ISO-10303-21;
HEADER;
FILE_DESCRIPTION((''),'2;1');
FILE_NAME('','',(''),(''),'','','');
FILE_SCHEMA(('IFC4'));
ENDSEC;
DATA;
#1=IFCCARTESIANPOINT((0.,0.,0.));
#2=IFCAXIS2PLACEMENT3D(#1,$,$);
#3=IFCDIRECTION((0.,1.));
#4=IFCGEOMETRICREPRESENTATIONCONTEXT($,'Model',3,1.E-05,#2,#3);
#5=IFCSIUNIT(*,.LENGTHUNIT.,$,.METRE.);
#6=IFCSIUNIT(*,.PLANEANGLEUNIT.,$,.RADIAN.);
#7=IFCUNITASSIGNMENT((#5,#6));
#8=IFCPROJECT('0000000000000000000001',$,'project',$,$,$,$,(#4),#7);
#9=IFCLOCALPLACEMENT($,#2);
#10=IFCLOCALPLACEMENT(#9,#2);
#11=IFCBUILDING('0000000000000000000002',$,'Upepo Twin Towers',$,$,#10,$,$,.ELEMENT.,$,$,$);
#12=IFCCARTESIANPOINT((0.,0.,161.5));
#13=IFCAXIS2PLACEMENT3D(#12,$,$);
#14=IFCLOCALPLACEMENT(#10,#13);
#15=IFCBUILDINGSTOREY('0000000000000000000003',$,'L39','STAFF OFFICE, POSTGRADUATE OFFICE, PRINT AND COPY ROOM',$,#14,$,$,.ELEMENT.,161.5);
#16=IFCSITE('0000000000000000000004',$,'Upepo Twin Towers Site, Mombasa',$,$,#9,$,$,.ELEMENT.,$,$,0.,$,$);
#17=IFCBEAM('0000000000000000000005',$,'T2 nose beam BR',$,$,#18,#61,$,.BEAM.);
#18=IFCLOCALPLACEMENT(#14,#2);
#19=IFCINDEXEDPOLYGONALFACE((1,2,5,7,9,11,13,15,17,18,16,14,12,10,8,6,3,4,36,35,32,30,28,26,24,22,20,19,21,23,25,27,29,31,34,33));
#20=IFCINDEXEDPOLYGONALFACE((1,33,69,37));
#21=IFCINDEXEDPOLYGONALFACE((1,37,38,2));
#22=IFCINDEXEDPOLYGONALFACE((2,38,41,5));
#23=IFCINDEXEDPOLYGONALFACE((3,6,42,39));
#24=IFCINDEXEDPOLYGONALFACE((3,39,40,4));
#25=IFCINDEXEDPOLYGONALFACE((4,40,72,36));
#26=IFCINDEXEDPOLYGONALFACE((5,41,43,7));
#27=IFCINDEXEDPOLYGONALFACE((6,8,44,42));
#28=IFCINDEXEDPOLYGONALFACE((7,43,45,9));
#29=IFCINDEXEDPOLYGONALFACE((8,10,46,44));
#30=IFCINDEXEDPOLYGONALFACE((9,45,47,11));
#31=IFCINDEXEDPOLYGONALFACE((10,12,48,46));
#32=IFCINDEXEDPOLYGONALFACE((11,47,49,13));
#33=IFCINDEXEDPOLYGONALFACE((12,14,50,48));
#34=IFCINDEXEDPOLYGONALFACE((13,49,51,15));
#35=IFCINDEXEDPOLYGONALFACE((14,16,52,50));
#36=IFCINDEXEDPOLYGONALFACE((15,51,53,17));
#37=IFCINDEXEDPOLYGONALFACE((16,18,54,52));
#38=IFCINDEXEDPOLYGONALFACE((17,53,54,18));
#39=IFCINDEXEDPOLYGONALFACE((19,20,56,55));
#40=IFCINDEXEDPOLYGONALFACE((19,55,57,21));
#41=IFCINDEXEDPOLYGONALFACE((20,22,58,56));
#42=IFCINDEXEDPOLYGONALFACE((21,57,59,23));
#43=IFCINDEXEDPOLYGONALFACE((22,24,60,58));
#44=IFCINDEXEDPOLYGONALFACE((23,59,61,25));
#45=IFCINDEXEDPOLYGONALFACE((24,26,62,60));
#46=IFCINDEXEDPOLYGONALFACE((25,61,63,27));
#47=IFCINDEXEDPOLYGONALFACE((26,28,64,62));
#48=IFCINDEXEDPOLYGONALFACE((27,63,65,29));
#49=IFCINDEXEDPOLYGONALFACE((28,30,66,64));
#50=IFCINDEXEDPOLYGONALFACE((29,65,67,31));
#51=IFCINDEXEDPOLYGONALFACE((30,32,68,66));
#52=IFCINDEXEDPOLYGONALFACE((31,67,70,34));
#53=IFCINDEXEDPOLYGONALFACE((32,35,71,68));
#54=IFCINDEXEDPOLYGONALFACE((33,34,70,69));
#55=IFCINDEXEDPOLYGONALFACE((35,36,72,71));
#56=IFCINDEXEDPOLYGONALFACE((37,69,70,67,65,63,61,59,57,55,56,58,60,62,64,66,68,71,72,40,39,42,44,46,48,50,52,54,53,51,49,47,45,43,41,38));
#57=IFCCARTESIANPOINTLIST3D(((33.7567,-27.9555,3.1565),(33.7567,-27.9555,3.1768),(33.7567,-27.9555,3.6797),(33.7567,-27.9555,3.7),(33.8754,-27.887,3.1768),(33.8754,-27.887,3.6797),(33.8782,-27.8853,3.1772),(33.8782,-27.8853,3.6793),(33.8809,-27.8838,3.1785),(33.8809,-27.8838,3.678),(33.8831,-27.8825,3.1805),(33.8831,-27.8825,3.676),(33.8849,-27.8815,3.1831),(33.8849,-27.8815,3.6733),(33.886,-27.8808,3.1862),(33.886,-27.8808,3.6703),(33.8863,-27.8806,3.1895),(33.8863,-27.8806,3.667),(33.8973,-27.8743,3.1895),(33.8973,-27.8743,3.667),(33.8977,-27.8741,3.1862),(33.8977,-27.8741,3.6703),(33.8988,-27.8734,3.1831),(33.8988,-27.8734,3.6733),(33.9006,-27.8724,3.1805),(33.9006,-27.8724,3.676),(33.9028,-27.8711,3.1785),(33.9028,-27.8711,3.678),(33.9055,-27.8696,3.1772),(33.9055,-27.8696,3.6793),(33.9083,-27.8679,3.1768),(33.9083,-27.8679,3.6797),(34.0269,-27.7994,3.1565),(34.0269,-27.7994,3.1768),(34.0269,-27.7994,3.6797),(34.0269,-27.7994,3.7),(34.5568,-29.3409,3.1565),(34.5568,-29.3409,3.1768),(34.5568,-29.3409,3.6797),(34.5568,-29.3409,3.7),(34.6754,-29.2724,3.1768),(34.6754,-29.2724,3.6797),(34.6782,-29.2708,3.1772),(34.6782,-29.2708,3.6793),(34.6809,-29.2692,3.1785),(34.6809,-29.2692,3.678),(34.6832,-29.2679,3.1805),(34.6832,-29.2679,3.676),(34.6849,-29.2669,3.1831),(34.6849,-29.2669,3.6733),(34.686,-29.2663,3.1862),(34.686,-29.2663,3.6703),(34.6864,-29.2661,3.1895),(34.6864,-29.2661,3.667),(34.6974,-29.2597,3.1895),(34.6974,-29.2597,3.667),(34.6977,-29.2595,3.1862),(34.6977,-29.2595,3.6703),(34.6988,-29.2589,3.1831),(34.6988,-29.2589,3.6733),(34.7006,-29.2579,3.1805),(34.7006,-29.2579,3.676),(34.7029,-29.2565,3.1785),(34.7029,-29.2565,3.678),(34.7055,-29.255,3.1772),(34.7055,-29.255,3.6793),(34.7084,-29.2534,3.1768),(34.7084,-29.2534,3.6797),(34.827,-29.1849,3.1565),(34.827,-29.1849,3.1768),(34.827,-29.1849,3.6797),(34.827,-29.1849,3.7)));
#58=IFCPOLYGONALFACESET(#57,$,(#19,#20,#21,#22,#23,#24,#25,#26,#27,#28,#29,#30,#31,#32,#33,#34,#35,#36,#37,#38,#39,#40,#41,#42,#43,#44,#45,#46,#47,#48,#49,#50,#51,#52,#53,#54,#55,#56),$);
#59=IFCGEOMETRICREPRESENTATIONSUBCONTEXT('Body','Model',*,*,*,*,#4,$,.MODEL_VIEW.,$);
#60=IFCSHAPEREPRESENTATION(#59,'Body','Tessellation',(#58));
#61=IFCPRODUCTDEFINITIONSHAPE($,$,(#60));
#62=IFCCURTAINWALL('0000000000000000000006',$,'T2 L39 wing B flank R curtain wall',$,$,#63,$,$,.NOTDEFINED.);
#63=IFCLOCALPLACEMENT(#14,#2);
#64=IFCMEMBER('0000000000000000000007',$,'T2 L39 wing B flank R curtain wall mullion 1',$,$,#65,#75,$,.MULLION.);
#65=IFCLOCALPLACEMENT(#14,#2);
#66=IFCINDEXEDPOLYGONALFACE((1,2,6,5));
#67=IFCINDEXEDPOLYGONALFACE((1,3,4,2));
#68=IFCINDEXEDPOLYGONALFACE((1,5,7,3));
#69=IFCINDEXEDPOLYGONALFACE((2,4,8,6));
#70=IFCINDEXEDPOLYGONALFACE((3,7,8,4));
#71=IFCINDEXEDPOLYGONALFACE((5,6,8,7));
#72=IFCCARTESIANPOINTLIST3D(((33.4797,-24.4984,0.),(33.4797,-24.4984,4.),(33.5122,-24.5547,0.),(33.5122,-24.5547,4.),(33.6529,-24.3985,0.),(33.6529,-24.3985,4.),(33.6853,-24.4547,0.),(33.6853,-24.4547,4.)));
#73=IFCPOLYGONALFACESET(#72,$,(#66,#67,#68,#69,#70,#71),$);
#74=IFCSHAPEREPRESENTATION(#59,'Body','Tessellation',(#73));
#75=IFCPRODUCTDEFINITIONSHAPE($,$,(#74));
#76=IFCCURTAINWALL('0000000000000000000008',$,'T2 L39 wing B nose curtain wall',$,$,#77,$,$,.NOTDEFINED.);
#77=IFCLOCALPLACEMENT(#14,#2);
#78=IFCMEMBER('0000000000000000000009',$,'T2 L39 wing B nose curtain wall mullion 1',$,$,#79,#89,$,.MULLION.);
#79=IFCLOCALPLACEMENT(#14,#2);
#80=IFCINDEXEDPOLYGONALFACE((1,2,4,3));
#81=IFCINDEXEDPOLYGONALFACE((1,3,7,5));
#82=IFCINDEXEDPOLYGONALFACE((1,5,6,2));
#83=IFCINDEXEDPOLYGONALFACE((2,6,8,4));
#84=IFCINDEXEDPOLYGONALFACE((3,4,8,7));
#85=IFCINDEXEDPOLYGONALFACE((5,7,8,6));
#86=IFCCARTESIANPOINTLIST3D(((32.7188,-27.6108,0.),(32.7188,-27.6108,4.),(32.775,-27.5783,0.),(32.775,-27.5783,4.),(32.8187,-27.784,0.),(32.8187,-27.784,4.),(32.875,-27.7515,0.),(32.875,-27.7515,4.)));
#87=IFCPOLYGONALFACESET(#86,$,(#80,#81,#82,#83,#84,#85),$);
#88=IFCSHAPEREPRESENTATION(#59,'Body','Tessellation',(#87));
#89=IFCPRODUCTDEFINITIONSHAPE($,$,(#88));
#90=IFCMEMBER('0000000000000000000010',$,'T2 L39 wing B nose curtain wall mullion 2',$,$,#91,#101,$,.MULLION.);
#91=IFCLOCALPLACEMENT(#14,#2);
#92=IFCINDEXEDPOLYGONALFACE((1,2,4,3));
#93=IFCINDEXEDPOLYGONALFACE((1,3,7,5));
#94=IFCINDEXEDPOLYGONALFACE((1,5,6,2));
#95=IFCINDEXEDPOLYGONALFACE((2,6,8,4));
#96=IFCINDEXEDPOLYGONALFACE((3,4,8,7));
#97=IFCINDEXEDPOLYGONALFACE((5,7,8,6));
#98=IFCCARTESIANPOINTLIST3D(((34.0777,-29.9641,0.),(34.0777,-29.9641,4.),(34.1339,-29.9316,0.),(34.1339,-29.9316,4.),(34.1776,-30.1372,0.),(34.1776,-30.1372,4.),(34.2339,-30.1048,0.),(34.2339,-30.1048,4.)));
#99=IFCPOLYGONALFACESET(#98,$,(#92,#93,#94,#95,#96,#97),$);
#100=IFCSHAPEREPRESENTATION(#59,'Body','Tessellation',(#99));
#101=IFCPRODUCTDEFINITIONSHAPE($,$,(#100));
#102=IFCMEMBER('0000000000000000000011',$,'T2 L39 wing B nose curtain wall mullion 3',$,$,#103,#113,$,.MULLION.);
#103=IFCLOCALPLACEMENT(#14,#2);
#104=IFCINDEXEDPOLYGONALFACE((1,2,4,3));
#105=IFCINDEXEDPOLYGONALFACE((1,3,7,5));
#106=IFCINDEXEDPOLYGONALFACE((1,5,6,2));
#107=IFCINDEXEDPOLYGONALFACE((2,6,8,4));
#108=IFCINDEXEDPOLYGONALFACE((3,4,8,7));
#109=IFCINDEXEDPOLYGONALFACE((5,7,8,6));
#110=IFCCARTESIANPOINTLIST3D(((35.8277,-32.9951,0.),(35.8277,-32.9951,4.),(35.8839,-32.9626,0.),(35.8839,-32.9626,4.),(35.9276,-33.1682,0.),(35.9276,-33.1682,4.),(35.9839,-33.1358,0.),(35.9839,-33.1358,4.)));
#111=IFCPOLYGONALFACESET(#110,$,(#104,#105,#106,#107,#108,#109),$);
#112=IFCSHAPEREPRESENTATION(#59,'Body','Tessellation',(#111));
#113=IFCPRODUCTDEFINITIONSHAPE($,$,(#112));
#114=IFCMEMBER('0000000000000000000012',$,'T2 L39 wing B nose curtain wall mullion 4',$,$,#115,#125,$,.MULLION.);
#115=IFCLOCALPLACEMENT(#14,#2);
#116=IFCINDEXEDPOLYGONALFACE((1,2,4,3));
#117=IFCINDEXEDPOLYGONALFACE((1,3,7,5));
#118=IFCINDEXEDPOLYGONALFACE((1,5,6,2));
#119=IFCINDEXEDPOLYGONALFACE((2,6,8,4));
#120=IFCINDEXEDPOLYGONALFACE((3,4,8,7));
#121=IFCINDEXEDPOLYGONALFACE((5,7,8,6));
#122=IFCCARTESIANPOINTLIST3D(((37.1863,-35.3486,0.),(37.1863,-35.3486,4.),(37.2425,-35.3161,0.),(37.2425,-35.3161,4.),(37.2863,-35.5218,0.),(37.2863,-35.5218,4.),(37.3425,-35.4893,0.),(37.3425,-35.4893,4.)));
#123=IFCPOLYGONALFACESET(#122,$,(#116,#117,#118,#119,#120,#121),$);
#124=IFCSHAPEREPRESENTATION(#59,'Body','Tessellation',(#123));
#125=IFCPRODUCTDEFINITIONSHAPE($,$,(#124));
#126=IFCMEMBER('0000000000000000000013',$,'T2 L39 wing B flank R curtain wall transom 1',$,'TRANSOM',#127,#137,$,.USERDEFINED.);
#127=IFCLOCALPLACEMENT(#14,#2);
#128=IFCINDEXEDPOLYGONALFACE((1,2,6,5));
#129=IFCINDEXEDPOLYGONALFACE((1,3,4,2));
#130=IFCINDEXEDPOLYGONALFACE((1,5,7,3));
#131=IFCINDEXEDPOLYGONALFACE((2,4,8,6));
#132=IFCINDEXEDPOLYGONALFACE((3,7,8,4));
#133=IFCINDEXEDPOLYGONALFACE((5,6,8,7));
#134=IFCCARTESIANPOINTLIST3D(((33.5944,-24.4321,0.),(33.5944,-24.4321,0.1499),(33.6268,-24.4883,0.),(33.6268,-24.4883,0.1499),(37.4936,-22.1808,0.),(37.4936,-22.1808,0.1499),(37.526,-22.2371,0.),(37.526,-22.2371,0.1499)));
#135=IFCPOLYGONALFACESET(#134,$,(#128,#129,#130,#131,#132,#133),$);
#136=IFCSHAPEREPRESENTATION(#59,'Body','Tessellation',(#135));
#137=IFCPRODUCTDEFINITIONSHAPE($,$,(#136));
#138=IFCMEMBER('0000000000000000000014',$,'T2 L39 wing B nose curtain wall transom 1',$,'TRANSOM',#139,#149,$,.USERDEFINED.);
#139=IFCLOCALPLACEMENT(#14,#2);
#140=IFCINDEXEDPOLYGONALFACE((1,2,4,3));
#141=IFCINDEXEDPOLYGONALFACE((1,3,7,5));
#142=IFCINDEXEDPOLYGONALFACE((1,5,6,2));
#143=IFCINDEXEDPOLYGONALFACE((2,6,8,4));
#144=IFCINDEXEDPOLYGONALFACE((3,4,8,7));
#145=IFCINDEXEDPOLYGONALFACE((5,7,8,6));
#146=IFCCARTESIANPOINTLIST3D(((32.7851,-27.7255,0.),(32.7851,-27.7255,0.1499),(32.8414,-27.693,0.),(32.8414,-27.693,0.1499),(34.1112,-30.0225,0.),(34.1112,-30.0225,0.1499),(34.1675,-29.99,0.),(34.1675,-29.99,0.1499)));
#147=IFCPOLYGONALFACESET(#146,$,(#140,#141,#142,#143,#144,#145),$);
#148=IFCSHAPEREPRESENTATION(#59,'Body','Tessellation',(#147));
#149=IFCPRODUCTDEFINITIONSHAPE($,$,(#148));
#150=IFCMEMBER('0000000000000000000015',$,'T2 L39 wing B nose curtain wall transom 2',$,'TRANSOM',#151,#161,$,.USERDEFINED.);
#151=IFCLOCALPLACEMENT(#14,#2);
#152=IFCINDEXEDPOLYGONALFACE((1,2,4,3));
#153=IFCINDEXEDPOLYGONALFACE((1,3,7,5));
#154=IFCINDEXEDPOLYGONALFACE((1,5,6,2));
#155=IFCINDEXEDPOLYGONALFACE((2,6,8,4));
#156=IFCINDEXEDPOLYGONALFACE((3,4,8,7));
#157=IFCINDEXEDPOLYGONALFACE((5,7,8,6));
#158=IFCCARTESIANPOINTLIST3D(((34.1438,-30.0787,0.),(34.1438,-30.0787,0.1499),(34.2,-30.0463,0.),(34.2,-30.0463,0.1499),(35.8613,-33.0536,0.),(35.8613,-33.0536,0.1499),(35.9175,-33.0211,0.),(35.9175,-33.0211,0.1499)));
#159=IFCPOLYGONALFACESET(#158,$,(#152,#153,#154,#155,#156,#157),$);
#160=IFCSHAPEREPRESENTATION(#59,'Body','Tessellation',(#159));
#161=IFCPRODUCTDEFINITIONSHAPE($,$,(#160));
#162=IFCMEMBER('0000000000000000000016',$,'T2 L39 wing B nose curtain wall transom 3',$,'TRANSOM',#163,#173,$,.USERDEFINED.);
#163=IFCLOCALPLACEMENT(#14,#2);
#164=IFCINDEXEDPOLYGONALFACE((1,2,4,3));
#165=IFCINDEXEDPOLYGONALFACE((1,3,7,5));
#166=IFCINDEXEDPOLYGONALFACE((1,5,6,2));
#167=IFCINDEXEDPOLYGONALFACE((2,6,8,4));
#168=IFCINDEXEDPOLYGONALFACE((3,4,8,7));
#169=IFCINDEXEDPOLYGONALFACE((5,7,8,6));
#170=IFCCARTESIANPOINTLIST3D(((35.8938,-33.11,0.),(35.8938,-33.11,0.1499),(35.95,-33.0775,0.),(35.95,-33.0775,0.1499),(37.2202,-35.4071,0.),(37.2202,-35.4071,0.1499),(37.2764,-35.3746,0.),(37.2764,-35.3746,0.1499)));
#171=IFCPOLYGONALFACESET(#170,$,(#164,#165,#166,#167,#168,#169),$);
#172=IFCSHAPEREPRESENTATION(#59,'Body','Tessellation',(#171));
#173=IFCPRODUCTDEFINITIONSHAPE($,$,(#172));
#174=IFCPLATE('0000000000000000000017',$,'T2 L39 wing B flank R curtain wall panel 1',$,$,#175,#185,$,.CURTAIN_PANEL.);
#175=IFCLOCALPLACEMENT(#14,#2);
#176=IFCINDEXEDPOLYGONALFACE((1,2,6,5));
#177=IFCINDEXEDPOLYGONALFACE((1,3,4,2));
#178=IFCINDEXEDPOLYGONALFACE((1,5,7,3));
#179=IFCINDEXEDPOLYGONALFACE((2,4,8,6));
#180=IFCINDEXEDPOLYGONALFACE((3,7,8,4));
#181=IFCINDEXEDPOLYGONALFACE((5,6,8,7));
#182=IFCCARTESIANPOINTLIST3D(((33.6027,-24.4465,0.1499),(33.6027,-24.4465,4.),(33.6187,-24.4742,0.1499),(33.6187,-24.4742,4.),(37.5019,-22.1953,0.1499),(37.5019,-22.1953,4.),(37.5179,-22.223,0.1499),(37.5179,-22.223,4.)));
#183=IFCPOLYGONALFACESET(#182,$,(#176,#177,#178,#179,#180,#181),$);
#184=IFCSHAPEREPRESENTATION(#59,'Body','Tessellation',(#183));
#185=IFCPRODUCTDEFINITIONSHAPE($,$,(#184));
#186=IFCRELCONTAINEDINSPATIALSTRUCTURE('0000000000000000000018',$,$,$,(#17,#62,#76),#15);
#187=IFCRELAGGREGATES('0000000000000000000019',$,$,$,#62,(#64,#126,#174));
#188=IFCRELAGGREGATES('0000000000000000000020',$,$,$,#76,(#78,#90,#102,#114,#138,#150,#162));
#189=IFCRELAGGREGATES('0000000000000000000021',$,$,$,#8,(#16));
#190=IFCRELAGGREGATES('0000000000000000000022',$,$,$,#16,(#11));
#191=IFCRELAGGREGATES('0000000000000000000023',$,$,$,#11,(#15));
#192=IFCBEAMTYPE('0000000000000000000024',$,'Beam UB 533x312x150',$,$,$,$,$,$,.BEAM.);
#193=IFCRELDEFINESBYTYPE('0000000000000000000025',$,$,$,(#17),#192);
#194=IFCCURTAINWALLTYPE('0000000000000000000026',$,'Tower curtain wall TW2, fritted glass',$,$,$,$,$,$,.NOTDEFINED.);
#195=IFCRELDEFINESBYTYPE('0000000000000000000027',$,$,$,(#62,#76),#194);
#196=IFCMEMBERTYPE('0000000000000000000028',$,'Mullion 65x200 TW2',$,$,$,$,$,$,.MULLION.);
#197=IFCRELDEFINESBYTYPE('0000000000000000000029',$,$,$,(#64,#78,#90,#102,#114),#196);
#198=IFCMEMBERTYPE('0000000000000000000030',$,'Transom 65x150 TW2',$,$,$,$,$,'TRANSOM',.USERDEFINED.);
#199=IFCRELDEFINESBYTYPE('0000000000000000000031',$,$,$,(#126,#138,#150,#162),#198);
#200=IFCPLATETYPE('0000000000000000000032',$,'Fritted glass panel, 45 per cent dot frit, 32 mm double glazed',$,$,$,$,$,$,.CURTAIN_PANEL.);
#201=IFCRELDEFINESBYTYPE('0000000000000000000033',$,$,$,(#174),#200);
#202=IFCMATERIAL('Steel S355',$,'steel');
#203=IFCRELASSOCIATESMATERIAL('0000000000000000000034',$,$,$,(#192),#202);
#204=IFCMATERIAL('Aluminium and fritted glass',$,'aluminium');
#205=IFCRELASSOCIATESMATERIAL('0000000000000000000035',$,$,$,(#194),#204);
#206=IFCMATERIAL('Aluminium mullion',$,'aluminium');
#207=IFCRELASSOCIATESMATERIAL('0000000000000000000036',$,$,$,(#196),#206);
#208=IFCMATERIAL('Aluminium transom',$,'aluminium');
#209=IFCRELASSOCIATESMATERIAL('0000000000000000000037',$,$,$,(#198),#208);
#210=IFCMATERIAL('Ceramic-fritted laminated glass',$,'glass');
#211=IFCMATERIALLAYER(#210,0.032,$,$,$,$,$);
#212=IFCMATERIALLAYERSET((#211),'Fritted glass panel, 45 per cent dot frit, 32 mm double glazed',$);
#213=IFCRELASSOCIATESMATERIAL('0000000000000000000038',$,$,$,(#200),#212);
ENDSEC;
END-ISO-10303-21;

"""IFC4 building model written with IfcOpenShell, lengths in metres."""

from ifc_helpers import new_model, si_unit, direction, frame, origin, origin_2d, place, context, subcontext, project, spatial, rectangle, i_section, extrude, material, layer, layer_set, material_profile, profile_set, type_object, element, aggregate, save


model = new_model("IFC4")

# Units and contexts
model_context = context("Model", 3, precision=1e-05, world=origin(), true_north=direction((0.0, 1.0)))
body_context = subcontext(model_context, "Body", "Model", "MODEL_VIEW")
ifc_project = project(units=[si_unit("LENGTHUNIT", "METRE"), si_unit("PLANEANGLEUNIT", "RADIAN")], contexts=[model_context])

# Site, building, storey
site_placement = place(None, origin())
site = spatial("IfcSite", under=ifc_project, at=site_placement, Name="Upepo Twin Towers Site, Mombasa", CompositionType="ELEMENT", RefElevation=0.0)
building_placement = place(site_placement, origin())
building = spatial("IfcBuilding", under=site, at=building_placement, Name="Upepo Twin Towers", CompositionType="ELEMENT")
storey_placement = place(building_placement, frame((0.0, 0.0, 161.5)))
storey = spatial("IfcBuildingStorey", under=building, at=storey_placement, Name="L39", Description="STAFF OFFICE, POSTGRADUATE OFFICE, PRINT AND COPY ROOM", CompositionType="ELEMENT", Elevation=161.5)

# Beam
ifc_material_1 = material(Name="Steel S355", Category="steel")
ifc_material_profile_1 = material_profile(ifc_material_1, i_section(OverallWidth=0.312, OverallDepth=0.5435, WebThickness=0.0127, FlangeThickness=0.0203, FilletRadius=0.0127, at=origin_2d()), Name="UB 533x312x150")
ifc_profile_set_1 = profile_set([ifc_material_profile_1], Name="Steel S355")
beam_type_1 = type_object("IfcBeamType", Name="Beam UB 533x312x150", PredefinedType="BEAM", material=ifc_profile_set_1)
for number, where, z_axis, x_axis, name in (
    (1, (33.8918, -27.8774, 3.4282), (0.500061, -0.86599, 0.0), (0.86599, 0.500061, 0.0), "T2 nose beam BR"),
):
    element("IfcBeam", number, at=place(storey_placement, frame(where, z_axis=z_axis, x_axis=x_axis)), inside=storey, type_object=beam_type_1, Name=name, PredefinedType="BEAM", context=body_context, shape_type="SweptSolid", body=[
        extrude(i_section(OverallWidth=0.312, OverallDepth=0.5435, WebThickness=0.0127, FlangeThickness=0.0203, FilletRadius=0.0127, at=origin_2d()), origin(), (0.0, 0.0, 1.0), 1.5999),
    ])

# Curtain wall, member
ifc_material_2 = material(Name="Aluminium and fritted glass", Category="aluminium")
curtain_wall_type = type_object("IfcCurtainWallType", Name="Tower curtain wall TW2, fritted glass", PredefinedType="NOTDEFINED", material=ifc_material_2)
curtain_wall_1_placement = place(storey_placement, origin())
curtain_wall_1 = element("IfcCurtainWall", 2, at=curtain_wall_1_placement, inside=storey, type_object=curtain_wall_type, Name="T2 L39 wing B flank R curtain wall", PredefinedType="NOTDEFINED")
ifc_material_3 = material(Name="Aluminium mullion", Category="aluminium")
ifc_material_profile_2 = material_profile(ifc_material_3, rectangle(XDim=0.0649, YDim=0.2, at=origin_2d()), Name="MULLION 65x200")
ifc_profile_set_2 = profile_set([ifc_material_profile_2], Name="Aluminium mullion")
member_type_1 = type_object("IfcMemberType", Name="Mullion 65x200 TW2", PredefinedType="MULLION", material=ifc_profile_set_2)
member_1_placement = place(storey_placement, frame((33.5825, -24.4766, 0.0), z_axis=(0.0, 0.0, 1.0), x_axis=(-0.5, 0.866025, 0.0)))
member_1 = element("IfcMember", 3, at=member_1_placement, type_object=member_type_1, Name="T2 L39 wing B flank R curtain wall mullion 1", PredefinedType="MULLION", context=body_context, shape_type="SweptSolid", body=[
    extrude(rectangle(XDim=0.0649, YDim=0.2, at=origin_2d()), origin(), (0.0, 0.0, 1.0), 4.0),
])

# Curtain wall, members
curtain_wall_2_placement = place(storey_placement, origin())
curtain_wall_2 = element("IfcCurtainWall", 4, at=curtain_wall_2_placement, inside=storey, type_object=curtain_wall_type, Name="T2 L39 wing B nose curtain wall", PredefinedType="NOTDEFINED")
member_2_placement = place(storey_placement, frame((32.7969, -27.6812, 0.0), z_axis=(0.0, 0.0, 1.0), x_axis=(0.866025, 0.5, 0.0)))
member_2 = element("IfcMember", 5, at=member_2_placement, type_object=member_type_1, Name="T2 L39 wing B nose curtain wall mullion 1", PredefinedType="MULLION", context=body_context, shape_type="SweptSolid", body=[
    extrude(rectangle(XDim=0.0649, YDim=0.2, at=origin_2d()), origin(), (0.0, 0.0, 1.0), 4.0),
])
member_3_placement = place(storey_placement, frame((34.1558, -30.0344, 0.0), z_axis=(0.0, 0.0, 1.0), x_axis=(0.866025, 0.5, 0.0)))
member_3 = element("IfcMember", 6, at=member_3_placement, type_object=member_type_1, Name="T2 L39 wing B nose curtain wall mullion 2", PredefinedType="MULLION", context=body_context, shape_type="SweptSolid", body=[
    extrude(rectangle(XDim=0.0649, YDim=0.2, at=origin_2d()), origin(), (0.0, 0.0, 1.0), 4.0),
])
member_4_placement = place(storey_placement, frame((35.9058, -33.0654, 0.0), z_axis=(0.0, 0.0, 1.0), x_axis=(0.866025, 0.5, 0.0)))
member_4 = element("IfcMember", 7, at=member_4_placement, type_object=member_type_1, Name="T2 L39 wing B nose curtain wall mullion 3", PredefinedType="MULLION", context=body_context, shape_type="SweptSolid", body=[
    extrude(rectangle(XDim=0.0649, YDim=0.2, at=origin_2d()), origin(), (0.0, 0.0, 1.0), 4.0),
])
member_5_placement = place(storey_placement, frame((37.2644, -35.4189, 0.0), z_axis=(0.0, 0.0, 1.0), x_axis=(0.866025, 0.5, 0.0)))
member_5 = element("IfcMember", 8, at=member_5_placement, type_object=member_type_1, Name="T2 L39 wing B nose curtain wall mullion 4", PredefinedType="MULLION", context=body_context, shape_type="SweptSolid", body=[
    extrude(rectangle(XDim=0.0649, YDim=0.2, at=origin_2d()), origin(), (0.0, 0.0, 1.0), 4.0),
])

# Members
ifc_material_4 = material(Name="Aluminium transom", Category="aluminium")
ifc_material_profile_3 = material_profile(ifc_material_4, rectangle(XDim=0.0649, YDim=0.1499, at=origin_2d()), Name="TRANSOM 65x150")
ifc_profile_set_3 = profile_set([ifc_material_profile_3], Name="Aluminium transom")
member_type_2 = type_object("IfcMemberType", Name="Transom 65x150 TW2", ElementType="TRANSOM", PredefinedType="USERDEFINED", material=ifc_profile_set_3)
member_6_placement = place(storey_placement, frame((33.6106, -24.4602, 0.075), z_axis=(0.866022, 0.500006, 0.0), x_axis=(-0.500006, 0.866022, 0.0)))
member_6 = element("IfcMember", 9, at=member_6_placement, type_object=member_type_2, Name="T2 L39 wing B flank R curtain wall transom 1", ObjectType="TRANSOM", PredefinedType="USERDEFINED", context=body_context, shape_type="SweptSolid", body=[
    extrude(rectangle(XDim=0.0649, YDim=0.1499, at=origin_2d()), origin(), (0.0, 0.0, 1.0), 4.5024),
])
member_7_placement = place(storey_placement, frame((32.8132, -27.7092, 0.075), z_axis=(0.49998, -0.866037, 0.0), x_axis=(0.866037, 0.49998, 0.0)))
member_7 = element("IfcMember", 10, at=member_7_placement, type_object=member_type_2, Name="T2 L39 wing B nose curtain wall transom 1", ObjectType="TRANSOM", PredefinedType="USERDEFINED", context=body_context, shape_type="SweptSolid", body=[
    extrude(rectangle(XDim=0.0649, YDim=0.1499, at=origin_2d()), origin(), (0.0, 0.0, 1.0), 2.6523),
])
member_8_placement = place(storey_placement, frame((34.1719, -30.0625, 0.075), z_axis=(0.499999, -0.866026, 0.0), x_axis=(0.866026, 0.499999, 0.0)))
member_8 = element("IfcMember", 11, at=member_8_placement, type_object=member_type_2, Name="T2 L39 wing B nose curtain wall transom 2", ObjectType="TRANSOM", PredefinedType="USERDEFINED", context=body_context, shape_type="SweptSolid", body=[
    extrude(rectangle(XDim=0.0649, YDim=0.1499, at=origin_2d()), origin(), (0.0, 0.0, 1.0), 3.4351),
])
member_9_placement = place(storey_placement, frame((35.9219, -33.0938, 0.075), z_axis=(0.500049, -0.865997, 0.0), x_axis=(0.865997, 0.500049, 0.0)))
member_9 = element("IfcMember", 12, at=member_9_placement, type_object=member_type_2, Name="T2 L39 wing B nose curtain wall transom 3", ObjectType="TRANSOM", PredefinedType="USERDEFINED", context=body_context, shape_type="SweptSolid", body=[
    extrude(rectangle(XDim=0.0649, YDim=0.1499, at=origin_2d()), origin(), (0.0, 0.0, 1.0), 2.6526),
])

# Plate
ifc_material_5 = material(Name="Ceramic-fritted laminated glass", Category="glass")
ifc_layer_1 = layer(ifc_material_5, 0.032)
ifc_layer_set_1 = layer_set([ifc_layer_1], Name="Fritted glass panel, 45 per cent dot frit, 32 mm double glazed")
plate_type_1 = type_object("IfcPlateType", Name="Fritted glass panel, 45 per cent dot frit, 32 mm double glazed", PredefinedType="CURTAIN_PANEL", material=ifc_layer_set_1)
plate_1_placement = place(storey_placement, frame((35.5603, -23.3347, 0.1499), z_axis=(0.0, 0.0, 1.0), x_axis=(0.866025, 0.5, 0.0)))
plate_1 = element("IfcPlate", 13, at=plate_1_placement, type_object=plate_type_1, Name="T2 L39 wing B flank R curtain wall panel 1", PredefinedType="CURTAIN_PANEL", context=body_context, shape_type="SweptSolid", body=[
    extrude(rectangle(XDim=4.5024, YDim=0.032, at=origin_2d()), origin(), (0.0, 0.0, 1.0), 3.8501),
])
aggregate(curtain_wall_1, [member_1, member_6, plate_1])
aggregate(curtain_wall_2, [member_2, member_3, member_4, member_5, member_7, member_8, member_9])

save(model, "model.ifc")
